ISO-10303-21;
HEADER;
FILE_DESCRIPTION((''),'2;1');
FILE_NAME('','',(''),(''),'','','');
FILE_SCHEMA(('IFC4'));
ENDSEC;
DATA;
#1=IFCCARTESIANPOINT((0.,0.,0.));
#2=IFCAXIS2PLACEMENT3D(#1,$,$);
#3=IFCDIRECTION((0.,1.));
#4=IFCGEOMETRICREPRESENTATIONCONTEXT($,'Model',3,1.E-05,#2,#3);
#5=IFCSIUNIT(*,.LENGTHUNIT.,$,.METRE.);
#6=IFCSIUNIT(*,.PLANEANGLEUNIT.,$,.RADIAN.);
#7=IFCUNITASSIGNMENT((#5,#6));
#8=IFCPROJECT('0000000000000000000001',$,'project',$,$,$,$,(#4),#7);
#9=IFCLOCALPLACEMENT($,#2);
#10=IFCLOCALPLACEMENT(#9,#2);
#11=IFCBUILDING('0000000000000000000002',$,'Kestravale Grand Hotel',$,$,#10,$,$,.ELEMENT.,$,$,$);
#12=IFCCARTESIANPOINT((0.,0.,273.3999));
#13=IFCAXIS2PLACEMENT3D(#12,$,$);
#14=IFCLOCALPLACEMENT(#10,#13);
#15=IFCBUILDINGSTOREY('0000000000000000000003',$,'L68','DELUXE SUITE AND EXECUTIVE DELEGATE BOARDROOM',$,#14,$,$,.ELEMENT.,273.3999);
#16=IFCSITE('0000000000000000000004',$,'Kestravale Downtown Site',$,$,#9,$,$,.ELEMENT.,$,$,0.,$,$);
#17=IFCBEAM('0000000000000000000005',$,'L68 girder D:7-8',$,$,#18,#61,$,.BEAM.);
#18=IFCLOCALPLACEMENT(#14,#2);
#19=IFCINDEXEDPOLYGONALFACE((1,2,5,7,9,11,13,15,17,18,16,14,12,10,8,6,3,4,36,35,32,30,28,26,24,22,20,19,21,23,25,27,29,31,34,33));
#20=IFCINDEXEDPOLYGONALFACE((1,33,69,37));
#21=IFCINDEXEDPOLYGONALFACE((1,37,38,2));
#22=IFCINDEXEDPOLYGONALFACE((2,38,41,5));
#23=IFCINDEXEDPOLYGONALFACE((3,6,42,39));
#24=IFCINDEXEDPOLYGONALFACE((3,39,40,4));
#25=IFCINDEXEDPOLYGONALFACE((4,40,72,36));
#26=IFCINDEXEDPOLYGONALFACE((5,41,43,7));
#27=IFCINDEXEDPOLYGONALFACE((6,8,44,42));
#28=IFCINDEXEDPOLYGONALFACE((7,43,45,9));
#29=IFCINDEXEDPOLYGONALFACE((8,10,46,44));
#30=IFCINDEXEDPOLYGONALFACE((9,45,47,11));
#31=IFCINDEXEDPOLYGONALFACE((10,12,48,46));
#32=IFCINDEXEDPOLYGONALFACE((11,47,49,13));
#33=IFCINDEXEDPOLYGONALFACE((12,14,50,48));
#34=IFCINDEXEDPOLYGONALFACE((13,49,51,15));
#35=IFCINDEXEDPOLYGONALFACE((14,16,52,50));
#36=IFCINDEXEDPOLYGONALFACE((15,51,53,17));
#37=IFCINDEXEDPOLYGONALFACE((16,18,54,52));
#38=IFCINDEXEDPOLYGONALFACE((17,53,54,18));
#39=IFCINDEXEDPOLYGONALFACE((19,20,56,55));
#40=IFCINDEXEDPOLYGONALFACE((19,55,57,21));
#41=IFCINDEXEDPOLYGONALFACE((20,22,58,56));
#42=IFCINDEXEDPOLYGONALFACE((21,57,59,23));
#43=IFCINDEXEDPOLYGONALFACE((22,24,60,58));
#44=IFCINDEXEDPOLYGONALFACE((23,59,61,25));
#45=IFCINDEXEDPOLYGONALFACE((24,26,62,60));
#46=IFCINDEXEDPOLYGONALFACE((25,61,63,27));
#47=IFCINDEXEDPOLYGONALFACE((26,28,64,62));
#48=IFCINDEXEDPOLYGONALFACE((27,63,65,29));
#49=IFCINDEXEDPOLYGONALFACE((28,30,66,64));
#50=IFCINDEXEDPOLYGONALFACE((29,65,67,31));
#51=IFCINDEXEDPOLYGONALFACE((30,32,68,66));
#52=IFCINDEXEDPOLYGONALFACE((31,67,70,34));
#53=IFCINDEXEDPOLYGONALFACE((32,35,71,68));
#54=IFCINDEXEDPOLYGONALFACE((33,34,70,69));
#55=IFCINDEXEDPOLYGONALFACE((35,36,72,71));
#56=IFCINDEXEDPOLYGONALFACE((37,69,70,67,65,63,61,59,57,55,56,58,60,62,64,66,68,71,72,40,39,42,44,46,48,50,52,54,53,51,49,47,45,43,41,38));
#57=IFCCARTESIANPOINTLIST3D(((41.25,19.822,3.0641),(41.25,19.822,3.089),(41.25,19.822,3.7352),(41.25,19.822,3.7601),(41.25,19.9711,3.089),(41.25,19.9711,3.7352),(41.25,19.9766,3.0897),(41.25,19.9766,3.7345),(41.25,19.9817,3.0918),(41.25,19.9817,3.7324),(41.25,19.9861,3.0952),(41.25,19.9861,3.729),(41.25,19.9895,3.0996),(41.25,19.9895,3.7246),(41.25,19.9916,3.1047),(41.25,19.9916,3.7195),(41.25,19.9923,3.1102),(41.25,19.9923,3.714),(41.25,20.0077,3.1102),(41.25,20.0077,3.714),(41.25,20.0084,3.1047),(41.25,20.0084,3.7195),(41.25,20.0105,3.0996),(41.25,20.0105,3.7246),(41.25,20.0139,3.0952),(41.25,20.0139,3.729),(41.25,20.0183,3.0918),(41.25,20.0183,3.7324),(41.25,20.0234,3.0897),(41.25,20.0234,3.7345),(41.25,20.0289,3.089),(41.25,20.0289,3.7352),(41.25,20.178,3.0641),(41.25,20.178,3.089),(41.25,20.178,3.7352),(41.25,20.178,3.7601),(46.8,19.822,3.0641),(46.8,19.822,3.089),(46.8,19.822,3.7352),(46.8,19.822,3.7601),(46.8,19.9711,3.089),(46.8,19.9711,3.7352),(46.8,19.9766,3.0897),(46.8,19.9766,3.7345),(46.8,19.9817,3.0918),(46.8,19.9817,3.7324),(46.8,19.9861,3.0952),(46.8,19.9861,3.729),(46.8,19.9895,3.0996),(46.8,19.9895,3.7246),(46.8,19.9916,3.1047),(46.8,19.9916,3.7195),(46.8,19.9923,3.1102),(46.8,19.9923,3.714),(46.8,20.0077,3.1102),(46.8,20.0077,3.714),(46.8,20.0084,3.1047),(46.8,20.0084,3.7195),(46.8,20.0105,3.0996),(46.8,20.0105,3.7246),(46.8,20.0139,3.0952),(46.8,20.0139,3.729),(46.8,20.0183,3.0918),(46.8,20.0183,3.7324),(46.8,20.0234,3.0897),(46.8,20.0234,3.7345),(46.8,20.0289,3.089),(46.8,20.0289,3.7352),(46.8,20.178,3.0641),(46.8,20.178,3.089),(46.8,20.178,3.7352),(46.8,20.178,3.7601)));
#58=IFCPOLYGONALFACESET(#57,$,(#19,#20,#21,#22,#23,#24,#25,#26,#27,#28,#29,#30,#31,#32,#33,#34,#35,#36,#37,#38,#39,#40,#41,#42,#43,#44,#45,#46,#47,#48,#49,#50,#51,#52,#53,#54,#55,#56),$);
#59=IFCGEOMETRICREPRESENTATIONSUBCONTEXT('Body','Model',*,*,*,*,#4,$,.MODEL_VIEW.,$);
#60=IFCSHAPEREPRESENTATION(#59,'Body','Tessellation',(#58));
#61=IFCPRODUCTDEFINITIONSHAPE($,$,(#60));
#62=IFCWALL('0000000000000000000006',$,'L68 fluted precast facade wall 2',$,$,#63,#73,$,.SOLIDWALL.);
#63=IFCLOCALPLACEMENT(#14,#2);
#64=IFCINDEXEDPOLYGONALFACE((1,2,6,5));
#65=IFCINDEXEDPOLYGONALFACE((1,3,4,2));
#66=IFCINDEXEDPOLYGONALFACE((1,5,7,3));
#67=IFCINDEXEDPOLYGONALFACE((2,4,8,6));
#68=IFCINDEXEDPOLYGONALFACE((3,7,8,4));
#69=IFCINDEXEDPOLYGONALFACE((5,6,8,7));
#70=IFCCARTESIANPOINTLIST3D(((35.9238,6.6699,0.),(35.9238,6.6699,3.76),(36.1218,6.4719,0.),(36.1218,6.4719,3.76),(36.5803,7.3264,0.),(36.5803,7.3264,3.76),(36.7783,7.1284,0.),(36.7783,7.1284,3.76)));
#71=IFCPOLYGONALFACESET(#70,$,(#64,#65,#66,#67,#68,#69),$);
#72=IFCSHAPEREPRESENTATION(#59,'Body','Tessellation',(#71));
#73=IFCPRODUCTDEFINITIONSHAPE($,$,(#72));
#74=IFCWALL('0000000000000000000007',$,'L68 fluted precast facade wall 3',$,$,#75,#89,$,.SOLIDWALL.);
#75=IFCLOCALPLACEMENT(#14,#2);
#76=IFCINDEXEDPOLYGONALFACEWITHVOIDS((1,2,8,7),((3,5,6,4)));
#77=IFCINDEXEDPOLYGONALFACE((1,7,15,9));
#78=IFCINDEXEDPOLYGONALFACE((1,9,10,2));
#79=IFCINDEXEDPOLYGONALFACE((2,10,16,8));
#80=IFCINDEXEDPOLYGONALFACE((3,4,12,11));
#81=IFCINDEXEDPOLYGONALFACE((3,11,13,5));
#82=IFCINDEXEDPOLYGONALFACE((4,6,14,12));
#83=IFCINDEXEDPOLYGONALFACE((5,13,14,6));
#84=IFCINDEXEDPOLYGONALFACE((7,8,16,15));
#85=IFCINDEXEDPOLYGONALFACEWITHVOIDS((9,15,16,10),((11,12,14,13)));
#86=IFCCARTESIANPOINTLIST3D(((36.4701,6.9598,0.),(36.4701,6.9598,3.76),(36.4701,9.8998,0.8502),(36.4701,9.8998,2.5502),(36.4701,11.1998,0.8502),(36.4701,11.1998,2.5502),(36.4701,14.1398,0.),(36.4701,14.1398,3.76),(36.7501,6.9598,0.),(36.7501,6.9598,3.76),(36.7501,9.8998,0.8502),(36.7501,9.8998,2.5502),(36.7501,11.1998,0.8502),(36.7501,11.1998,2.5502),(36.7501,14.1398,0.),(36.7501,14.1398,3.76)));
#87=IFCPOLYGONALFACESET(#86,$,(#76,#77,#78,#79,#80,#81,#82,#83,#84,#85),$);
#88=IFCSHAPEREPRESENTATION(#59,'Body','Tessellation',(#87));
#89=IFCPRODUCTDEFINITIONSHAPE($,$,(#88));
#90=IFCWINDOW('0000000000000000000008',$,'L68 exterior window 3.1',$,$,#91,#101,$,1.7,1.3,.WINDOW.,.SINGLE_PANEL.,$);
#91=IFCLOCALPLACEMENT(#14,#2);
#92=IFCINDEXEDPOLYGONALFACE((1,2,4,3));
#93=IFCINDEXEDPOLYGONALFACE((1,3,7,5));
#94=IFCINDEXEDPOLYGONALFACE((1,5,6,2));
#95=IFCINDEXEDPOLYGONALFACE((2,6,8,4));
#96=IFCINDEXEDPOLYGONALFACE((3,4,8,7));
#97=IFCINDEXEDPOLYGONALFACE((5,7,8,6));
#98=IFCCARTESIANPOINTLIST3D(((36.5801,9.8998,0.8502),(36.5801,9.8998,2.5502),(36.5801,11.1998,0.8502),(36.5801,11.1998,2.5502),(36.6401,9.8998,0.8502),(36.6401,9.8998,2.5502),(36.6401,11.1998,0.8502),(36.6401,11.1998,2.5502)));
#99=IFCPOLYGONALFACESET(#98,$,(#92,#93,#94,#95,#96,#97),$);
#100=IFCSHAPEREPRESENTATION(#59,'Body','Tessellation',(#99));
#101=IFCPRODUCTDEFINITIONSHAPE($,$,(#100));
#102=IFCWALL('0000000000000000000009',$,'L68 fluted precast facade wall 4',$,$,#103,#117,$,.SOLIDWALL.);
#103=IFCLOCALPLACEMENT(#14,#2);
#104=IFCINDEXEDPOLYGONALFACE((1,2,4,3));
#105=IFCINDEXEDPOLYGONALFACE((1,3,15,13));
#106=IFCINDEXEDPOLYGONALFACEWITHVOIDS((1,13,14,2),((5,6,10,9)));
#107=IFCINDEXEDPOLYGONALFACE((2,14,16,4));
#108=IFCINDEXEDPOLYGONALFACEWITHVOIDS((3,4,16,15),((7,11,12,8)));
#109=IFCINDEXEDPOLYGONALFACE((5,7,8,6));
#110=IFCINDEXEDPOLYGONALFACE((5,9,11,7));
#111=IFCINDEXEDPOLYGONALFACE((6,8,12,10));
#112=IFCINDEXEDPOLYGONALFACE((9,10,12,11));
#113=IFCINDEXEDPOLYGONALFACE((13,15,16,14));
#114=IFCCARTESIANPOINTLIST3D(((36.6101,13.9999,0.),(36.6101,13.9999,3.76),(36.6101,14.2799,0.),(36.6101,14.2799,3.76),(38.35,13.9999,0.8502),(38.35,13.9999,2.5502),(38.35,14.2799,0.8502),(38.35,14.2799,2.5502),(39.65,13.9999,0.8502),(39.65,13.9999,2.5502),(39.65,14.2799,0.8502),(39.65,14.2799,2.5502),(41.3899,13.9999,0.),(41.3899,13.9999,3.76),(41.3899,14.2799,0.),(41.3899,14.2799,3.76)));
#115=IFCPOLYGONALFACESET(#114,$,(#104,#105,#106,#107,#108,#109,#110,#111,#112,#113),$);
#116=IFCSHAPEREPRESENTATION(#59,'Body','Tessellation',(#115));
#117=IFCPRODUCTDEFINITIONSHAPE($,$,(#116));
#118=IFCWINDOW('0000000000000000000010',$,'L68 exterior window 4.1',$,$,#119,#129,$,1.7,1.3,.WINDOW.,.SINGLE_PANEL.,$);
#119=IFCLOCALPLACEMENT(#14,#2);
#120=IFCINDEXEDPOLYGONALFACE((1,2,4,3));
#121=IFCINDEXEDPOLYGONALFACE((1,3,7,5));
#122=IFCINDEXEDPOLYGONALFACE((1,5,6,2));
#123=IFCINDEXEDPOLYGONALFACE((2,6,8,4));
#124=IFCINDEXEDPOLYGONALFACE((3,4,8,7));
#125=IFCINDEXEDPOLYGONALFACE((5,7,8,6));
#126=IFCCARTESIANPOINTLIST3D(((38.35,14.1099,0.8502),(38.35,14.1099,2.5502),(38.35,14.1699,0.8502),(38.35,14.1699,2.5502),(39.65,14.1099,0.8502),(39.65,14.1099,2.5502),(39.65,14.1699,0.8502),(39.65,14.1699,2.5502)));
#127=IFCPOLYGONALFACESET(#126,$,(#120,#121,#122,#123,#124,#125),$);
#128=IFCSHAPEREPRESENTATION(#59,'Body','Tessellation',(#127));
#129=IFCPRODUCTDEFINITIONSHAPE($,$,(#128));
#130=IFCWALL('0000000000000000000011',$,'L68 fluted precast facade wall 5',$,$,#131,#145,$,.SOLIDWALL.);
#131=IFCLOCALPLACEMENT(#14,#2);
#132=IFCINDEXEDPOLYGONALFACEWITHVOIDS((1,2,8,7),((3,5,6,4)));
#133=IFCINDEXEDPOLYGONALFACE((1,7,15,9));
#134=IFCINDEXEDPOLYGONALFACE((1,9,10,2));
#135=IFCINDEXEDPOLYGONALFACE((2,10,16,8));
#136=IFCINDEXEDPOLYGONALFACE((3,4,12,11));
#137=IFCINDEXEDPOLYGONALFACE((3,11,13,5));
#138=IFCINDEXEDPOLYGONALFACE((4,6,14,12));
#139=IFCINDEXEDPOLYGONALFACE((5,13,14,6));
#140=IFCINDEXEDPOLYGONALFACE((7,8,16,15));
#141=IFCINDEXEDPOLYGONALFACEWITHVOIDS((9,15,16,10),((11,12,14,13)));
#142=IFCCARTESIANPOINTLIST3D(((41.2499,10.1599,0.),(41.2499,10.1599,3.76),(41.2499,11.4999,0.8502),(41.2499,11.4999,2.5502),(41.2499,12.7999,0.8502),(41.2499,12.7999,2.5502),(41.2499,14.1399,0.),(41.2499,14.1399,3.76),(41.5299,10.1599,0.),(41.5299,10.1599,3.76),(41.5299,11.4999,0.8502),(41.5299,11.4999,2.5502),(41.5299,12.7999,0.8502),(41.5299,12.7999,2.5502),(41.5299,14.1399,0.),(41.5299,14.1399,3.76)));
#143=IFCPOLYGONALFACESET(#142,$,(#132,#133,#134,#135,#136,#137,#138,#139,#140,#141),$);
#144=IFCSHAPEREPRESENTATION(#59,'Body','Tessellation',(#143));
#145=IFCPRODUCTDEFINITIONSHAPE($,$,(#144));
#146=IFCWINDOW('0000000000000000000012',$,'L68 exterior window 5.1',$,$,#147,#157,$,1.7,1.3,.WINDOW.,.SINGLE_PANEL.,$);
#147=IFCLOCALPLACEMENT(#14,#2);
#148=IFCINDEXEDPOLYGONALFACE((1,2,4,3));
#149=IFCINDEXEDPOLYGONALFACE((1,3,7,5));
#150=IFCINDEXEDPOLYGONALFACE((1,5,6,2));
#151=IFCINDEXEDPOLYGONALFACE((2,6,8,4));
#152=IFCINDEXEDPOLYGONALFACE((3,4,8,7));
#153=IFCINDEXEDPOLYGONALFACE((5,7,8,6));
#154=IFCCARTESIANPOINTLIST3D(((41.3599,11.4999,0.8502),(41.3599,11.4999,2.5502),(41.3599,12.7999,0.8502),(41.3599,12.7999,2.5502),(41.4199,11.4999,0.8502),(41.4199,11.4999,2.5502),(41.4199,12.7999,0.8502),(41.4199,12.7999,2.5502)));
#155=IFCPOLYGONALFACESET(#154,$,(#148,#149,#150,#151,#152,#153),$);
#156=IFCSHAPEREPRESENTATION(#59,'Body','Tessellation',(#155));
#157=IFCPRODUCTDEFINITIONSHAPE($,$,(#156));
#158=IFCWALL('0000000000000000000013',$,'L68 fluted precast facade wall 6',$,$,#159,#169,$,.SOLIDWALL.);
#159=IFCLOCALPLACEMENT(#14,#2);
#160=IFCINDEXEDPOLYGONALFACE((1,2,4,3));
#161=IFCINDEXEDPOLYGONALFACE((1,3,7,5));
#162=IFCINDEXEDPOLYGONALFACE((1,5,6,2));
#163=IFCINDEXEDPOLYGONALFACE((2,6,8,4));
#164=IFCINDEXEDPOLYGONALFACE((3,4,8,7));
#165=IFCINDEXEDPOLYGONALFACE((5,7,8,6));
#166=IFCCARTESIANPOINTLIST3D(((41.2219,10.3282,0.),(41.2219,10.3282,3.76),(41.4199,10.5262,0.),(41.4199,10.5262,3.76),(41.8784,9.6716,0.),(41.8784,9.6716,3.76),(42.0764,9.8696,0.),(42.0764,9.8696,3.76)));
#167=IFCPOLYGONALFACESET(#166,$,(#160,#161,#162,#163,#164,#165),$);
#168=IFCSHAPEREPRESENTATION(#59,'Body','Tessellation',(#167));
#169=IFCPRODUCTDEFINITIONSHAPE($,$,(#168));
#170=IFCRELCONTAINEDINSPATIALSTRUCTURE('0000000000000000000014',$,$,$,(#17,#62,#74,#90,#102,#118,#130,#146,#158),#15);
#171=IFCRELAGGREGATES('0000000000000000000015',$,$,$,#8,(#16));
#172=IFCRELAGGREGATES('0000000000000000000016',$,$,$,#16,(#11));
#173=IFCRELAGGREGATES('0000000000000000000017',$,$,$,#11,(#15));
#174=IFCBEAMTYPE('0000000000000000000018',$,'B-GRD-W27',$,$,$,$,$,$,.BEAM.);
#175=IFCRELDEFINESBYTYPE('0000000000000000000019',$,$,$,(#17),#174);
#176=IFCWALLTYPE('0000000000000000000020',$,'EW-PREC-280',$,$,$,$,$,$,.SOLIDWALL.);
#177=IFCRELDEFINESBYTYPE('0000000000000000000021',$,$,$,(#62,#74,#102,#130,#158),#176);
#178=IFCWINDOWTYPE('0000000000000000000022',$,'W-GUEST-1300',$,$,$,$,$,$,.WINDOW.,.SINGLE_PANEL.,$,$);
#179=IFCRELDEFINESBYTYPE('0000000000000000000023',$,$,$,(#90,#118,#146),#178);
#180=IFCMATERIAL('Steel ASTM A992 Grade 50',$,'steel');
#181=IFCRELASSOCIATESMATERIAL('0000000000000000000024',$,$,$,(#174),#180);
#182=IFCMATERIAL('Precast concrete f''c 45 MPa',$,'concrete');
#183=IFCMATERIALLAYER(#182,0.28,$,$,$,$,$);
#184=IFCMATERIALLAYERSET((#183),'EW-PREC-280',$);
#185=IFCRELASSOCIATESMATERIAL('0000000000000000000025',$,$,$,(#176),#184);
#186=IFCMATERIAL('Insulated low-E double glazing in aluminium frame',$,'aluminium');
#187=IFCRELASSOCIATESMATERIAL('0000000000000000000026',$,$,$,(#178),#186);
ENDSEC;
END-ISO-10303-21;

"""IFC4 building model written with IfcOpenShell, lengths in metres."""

from ifc_helpers import new_model, si_unit, direction, frame, frame_2d, origin, origin_2d, place, context, subcontext, project, spatial, rectangle, i_section, extrude, material, layer, layer_set, material_profile, profile_set, type_object, element, fill, save


model = new_model("IFC4")

# Units and contexts
model_context = context("Model", 3, precision=1e-05, world=origin(), true_north=direction((0.0, 1.0)))
body_context = subcontext(model_context, "Body", "Model", "MODEL_VIEW")
ifc_project = project(units=[si_unit("LENGTHUNIT", "METRE"), si_unit("PLANEANGLEUNIT", "RADIAN")], contexts=[model_context])

# Site, building, storey
site_placement = place(None, origin())
site = spatial("IfcSite", under=ifc_project, at=site_placement, Name="Kestravale Downtown Site", CompositionType="ELEMENT", RefElevation=0.0)
building_placement = place(site_placement, origin())
building = spatial("IfcBuilding", under=site, at=building_placement, Name="Kestravale Grand Hotel", CompositionType="ELEMENT")
storey_placement = place(building_placement, frame((0.0, 0.0, 273.3999)))
storey = spatial("IfcBuildingStorey", under=building, at=storey_placement, Name="L68", Description="DELUXE SUITE AND EXECUTIVE DELEGATE BOARDROOM", CompositionType="ELEMENT", Elevation=273.3999)

# Beam
ifc_material_1 = material(Name="Steel ASTM A992 Grade 50", Category="steel")
ifc_material_profile_1 = material_profile(ifc_material_1, i_section(OverallWidth=0.356, OverallDepth=0.696, WebThickness=0.0154, FlangeThickness=0.0249, FilletRadius=0.0212, at=origin_2d()))
ifc_profile_set_1 = profile_set([ifc_material_profile_1], Name="Steel ASTM A992 Grade 50")
beam_type_1 = type_object("IfcBeamType", Name="B-GRD-W27", PredefinedType="BEAM", material=ifc_profile_set_1)
beam_1_placement = place(storey_placement, frame((41.25, 20.0, 3.4121), z_axis=(1.0, 0.0, 0.0), x_axis=(0.0, 1.0, 0.0)))
element("IfcBeam", 1, at=beam_1_placement, inside=storey, type_object=beam_type_1, Name="L68 girder D:7-8", PredefinedType="BEAM", context=body_context, shape_type="SweptSolid", body=[
    extrude(i_section(OverallWidth=0.356, OverallDepth=0.696, WebThickness=0.0154, FlangeThickness=0.0249, FilletRadius=0.0212, at=origin_2d()), origin(), (0.0, 0.0, 1.0), 5.55),
])

# Wall
ifc_material_2 = material(Name="Precast concrete f'c 45 MPa", Category="concrete")
ifc_layer_1 = layer(ifc_material_2, 0.28)
ifc_layer_set_1 = layer_set([ifc_layer_1], Name="EW-PREC-280")
wall_type_1 = type_object("IfcWallType", Name="EW-PREC-280", PredefinedType="SOLIDWALL", material=ifc_layer_set_1)
wall_1_placement = place(storey_placement, frame((36.0227, 6.5708, 0.0), z_axis=(0.0, 0.0, 1.0), x_axis=(0.707107, 0.707107, 0.0)))
element("IfcWall", 2, at=wall_1_placement, inside=storey, type_object=wall_type_1, Name="L68 fluted precast facade wall 2", PredefinedType="SOLIDWALL", context=body_context, shape_type="SweptSolid", body=[
    extrude(rectangle(XDim=0.9285, YDim=0.28, at=frame_2d((0.4644, 0.0))), origin(), (0.0, 0.0, 1.0), 3.76),
])

# Walls, openings, windows
wall_2_placement = place(storey_placement, frame((36.6101, 6.96, 0.0), z_axis=(0.0, 0.0, 1.0), x_axis=(0.0, 1.0, 0.0)))
wall_2 = element("IfcWall", 3, at=wall_2_placement, inside=storey, type_object=wall_type_1, Name="L68 fluted precast facade wall 3", PredefinedType="SOLIDWALL", context=body_context, shape_type="SweptSolid", body=[
    extrude(rectangle(XDim=7.1799, YDim=0.28, at=frame_2d((3.5898, 0.0))), origin(), (0.0, 0.0, 1.0), 3.76),
])
opening_1_placement = place(wall_2_placement, frame((2.9399, 0.0, 0.8501)))
opening_1 = element("IfcOpeningElement", 4, at=opening_1_placement, cuts=wall_2, PredefinedType="OPENING", context=body_context, shape_type="SweptSolid", body=[
    extrude(rectangle(XDim=1.3, YDim=1.7, at=frame_2d((0.6499, 0.8501))), frame((0.0, 0.1499, 0.0), z_axis=(0.0, -1.0, 0.0), x_axis=(1.0, 0.0, 0.0)), (0.0, 0.0, 1.0), 0.3),
])
ifc_material_3 = material(Name="Insulated low-E double glazing in aluminium frame", Category="aluminium")
window_type = type_object("IfcWindowType", Name="W-GUEST-1300", PartitioningType="SINGLE_PANEL", PredefinedType="WINDOW", material=ifc_material_3)
window_1_placement = place(opening_1_placement, origin())
window_1 = element("IfcWindow", 5, at=window_1_placement, inside=storey, type_object=window_type, Name="L68 exterior window 3.1", OverallHeight=1.7, OverallWidth=1.3, PartitioningType="SINGLE_PANEL", PredefinedType="WINDOW", context=body_context, shape_type="SweptSolid", body=[
    extrude(rectangle(XDim=1.3, YDim=1.7, at=frame_2d((0.6499, 0.8501))), frame((0.0, 0.03, 0.0), z_axis=(0.0, -1.0, 0.0), x_axis=(1.0, 0.0, 0.0)), (0.0, 0.0, 1.0), 0.0601),
])
fill(opening_1, window_1)
wall_3_placement = place(storey_placement, frame((36.6101, 14.1399, 0.0), z_axis=(0.0, 0.0, 1.0), x_axis=(1.0, 0.0, 0.0)))
wall_3 = element("IfcWall", 6, at=wall_3_placement, inside=storey, type_object=wall_type_1, Name="L68 fluted precast facade wall 4", PredefinedType="SOLIDWALL", context=body_context, shape_type="SweptSolid", body=[
    extrude(rectangle(XDim=4.7798, YDim=0.28, at=frame_2d((2.3899, 0.0))), origin(), (0.0, 0.0, 1.0), 3.76),
])
opening_2_placement = place(wall_3_placement, frame((1.74, 0.0, 0.8501)))
opening_2 = element("IfcOpeningElement", 7, at=opening_2_placement, cuts=wall_3, PredefinedType="OPENING", context=body_context, shape_type="SweptSolid", body=[
    extrude(rectangle(XDim=1.3, YDim=1.7, at=frame_2d((0.6499, 0.8501))), frame((0.0, 0.1499, 0.0), z_axis=(0.0, -1.0, 0.0), x_axis=(1.0, 0.0, 0.0)), (0.0, 0.0, 1.0), 0.3),
])
window_2_placement = place(opening_2_placement, origin())
window_2 = element("IfcWindow", 8, at=window_2_placement, inside=storey, type_object=window_type, Name="L68 exterior window 4.1", OverallHeight=1.7, OverallWidth=1.3, PartitioningType="SINGLE_PANEL", PredefinedType="WINDOW", context=body_context, shape_type="SweptSolid", body=[
    extrude(rectangle(XDim=1.3, YDim=1.7, at=frame_2d((0.6499, 0.8501))), frame((0.0, 0.03, 0.0), z_axis=(0.0, -1.0, 0.0), x_axis=(1.0, 0.0, 0.0)), (0.0, 0.0, 1.0), 0.0601),
])
fill(opening_2, window_2)
wall_4_placement = place(storey_placement, frame((41.3899, 14.1399, 0.0), z_axis=(0.0, 0.0, 1.0), x_axis=(0.0, -1.0, 0.0)))
wall_4 = element("IfcWall", 9, at=wall_4_placement, inside=storey, type_object=wall_type_1, Name="L68 fluted precast facade wall 5", PredefinedType="SOLIDWALL", context=body_context, shape_type="SweptSolid", body=[
    extrude(rectangle(XDim=3.98, YDim=0.28, at=frame_2d((1.99, 0.0))), origin(), (0.0, 0.0, 1.0), 3.76),
])
opening_3_placement = place(wall_4_placement, frame((1.3401, 0.0, 0.8501)))
opening_3 = element("IfcOpeningElement", 10, at=opening_3_placement, cuts=wall_4, PredefinedType="OPENING", context=body_context, shape_type="SweptSolid", body=[
    extrude(rectangle(XDim=1.3, YDim=1.7, at=frame_2d((0.6499, 0.8501))), frame((0.0, 0.1499, 0.0), z_axis=(0.0, -1.0, 0.0), x_axis=(1.0, 0.0, 0.0)), (0.0, 0.0, 1.0), 0.3),
])
window_3_placement = place(opening_3_placement, origin())
window_3 = element("IfcWindow", 11, at=window_3_placement, inside=storey, type_object=window_type, Name="L68 exterior window 5.1", OverallHeight=1.7, OverallWidth=1.3, PartitioningType="SINGLE_PANEL", PredefinedType="WINDOW", context=body_context, shape_type="SweptSolid", body=[
    extrude(rectangle(XDim=1.3, YDim=1.7, at=frame_2d((0.6499, 0.8501))), frame((0.0, 0.03, 0.0), z_axis=(0.0, -1.0, 0.0), x_axis=(1.0, 0.0, 0.0)), (0.0, 0.0, 1.0), 0.0601),
])
fill(opening_3, window_3)

# Wall
wall_5_placement = place(storey_placement, frame((41.3208, 10.4272, 0.0), z_axis=(0.0, 0.0, 1.0), x_axis=(0.707107, -0.707107, 0.0)))
element("IfcWall", 12, at=wall_5_placement, inside=storey, type_object=wall_type_1, Name="L68 fluted precast facade wall 6", PredefinedType="SOLIDWALL", context=body_context, shape_type="SweptSolid", body=[
    extrude(rectangle(XDim=0.9285, YDim=0.28, at=frame_2d((0.4644, 0.0))), origin(), (0.0, 0.0, 1.0), 3.76),
])

save(model, "model.ifc")
